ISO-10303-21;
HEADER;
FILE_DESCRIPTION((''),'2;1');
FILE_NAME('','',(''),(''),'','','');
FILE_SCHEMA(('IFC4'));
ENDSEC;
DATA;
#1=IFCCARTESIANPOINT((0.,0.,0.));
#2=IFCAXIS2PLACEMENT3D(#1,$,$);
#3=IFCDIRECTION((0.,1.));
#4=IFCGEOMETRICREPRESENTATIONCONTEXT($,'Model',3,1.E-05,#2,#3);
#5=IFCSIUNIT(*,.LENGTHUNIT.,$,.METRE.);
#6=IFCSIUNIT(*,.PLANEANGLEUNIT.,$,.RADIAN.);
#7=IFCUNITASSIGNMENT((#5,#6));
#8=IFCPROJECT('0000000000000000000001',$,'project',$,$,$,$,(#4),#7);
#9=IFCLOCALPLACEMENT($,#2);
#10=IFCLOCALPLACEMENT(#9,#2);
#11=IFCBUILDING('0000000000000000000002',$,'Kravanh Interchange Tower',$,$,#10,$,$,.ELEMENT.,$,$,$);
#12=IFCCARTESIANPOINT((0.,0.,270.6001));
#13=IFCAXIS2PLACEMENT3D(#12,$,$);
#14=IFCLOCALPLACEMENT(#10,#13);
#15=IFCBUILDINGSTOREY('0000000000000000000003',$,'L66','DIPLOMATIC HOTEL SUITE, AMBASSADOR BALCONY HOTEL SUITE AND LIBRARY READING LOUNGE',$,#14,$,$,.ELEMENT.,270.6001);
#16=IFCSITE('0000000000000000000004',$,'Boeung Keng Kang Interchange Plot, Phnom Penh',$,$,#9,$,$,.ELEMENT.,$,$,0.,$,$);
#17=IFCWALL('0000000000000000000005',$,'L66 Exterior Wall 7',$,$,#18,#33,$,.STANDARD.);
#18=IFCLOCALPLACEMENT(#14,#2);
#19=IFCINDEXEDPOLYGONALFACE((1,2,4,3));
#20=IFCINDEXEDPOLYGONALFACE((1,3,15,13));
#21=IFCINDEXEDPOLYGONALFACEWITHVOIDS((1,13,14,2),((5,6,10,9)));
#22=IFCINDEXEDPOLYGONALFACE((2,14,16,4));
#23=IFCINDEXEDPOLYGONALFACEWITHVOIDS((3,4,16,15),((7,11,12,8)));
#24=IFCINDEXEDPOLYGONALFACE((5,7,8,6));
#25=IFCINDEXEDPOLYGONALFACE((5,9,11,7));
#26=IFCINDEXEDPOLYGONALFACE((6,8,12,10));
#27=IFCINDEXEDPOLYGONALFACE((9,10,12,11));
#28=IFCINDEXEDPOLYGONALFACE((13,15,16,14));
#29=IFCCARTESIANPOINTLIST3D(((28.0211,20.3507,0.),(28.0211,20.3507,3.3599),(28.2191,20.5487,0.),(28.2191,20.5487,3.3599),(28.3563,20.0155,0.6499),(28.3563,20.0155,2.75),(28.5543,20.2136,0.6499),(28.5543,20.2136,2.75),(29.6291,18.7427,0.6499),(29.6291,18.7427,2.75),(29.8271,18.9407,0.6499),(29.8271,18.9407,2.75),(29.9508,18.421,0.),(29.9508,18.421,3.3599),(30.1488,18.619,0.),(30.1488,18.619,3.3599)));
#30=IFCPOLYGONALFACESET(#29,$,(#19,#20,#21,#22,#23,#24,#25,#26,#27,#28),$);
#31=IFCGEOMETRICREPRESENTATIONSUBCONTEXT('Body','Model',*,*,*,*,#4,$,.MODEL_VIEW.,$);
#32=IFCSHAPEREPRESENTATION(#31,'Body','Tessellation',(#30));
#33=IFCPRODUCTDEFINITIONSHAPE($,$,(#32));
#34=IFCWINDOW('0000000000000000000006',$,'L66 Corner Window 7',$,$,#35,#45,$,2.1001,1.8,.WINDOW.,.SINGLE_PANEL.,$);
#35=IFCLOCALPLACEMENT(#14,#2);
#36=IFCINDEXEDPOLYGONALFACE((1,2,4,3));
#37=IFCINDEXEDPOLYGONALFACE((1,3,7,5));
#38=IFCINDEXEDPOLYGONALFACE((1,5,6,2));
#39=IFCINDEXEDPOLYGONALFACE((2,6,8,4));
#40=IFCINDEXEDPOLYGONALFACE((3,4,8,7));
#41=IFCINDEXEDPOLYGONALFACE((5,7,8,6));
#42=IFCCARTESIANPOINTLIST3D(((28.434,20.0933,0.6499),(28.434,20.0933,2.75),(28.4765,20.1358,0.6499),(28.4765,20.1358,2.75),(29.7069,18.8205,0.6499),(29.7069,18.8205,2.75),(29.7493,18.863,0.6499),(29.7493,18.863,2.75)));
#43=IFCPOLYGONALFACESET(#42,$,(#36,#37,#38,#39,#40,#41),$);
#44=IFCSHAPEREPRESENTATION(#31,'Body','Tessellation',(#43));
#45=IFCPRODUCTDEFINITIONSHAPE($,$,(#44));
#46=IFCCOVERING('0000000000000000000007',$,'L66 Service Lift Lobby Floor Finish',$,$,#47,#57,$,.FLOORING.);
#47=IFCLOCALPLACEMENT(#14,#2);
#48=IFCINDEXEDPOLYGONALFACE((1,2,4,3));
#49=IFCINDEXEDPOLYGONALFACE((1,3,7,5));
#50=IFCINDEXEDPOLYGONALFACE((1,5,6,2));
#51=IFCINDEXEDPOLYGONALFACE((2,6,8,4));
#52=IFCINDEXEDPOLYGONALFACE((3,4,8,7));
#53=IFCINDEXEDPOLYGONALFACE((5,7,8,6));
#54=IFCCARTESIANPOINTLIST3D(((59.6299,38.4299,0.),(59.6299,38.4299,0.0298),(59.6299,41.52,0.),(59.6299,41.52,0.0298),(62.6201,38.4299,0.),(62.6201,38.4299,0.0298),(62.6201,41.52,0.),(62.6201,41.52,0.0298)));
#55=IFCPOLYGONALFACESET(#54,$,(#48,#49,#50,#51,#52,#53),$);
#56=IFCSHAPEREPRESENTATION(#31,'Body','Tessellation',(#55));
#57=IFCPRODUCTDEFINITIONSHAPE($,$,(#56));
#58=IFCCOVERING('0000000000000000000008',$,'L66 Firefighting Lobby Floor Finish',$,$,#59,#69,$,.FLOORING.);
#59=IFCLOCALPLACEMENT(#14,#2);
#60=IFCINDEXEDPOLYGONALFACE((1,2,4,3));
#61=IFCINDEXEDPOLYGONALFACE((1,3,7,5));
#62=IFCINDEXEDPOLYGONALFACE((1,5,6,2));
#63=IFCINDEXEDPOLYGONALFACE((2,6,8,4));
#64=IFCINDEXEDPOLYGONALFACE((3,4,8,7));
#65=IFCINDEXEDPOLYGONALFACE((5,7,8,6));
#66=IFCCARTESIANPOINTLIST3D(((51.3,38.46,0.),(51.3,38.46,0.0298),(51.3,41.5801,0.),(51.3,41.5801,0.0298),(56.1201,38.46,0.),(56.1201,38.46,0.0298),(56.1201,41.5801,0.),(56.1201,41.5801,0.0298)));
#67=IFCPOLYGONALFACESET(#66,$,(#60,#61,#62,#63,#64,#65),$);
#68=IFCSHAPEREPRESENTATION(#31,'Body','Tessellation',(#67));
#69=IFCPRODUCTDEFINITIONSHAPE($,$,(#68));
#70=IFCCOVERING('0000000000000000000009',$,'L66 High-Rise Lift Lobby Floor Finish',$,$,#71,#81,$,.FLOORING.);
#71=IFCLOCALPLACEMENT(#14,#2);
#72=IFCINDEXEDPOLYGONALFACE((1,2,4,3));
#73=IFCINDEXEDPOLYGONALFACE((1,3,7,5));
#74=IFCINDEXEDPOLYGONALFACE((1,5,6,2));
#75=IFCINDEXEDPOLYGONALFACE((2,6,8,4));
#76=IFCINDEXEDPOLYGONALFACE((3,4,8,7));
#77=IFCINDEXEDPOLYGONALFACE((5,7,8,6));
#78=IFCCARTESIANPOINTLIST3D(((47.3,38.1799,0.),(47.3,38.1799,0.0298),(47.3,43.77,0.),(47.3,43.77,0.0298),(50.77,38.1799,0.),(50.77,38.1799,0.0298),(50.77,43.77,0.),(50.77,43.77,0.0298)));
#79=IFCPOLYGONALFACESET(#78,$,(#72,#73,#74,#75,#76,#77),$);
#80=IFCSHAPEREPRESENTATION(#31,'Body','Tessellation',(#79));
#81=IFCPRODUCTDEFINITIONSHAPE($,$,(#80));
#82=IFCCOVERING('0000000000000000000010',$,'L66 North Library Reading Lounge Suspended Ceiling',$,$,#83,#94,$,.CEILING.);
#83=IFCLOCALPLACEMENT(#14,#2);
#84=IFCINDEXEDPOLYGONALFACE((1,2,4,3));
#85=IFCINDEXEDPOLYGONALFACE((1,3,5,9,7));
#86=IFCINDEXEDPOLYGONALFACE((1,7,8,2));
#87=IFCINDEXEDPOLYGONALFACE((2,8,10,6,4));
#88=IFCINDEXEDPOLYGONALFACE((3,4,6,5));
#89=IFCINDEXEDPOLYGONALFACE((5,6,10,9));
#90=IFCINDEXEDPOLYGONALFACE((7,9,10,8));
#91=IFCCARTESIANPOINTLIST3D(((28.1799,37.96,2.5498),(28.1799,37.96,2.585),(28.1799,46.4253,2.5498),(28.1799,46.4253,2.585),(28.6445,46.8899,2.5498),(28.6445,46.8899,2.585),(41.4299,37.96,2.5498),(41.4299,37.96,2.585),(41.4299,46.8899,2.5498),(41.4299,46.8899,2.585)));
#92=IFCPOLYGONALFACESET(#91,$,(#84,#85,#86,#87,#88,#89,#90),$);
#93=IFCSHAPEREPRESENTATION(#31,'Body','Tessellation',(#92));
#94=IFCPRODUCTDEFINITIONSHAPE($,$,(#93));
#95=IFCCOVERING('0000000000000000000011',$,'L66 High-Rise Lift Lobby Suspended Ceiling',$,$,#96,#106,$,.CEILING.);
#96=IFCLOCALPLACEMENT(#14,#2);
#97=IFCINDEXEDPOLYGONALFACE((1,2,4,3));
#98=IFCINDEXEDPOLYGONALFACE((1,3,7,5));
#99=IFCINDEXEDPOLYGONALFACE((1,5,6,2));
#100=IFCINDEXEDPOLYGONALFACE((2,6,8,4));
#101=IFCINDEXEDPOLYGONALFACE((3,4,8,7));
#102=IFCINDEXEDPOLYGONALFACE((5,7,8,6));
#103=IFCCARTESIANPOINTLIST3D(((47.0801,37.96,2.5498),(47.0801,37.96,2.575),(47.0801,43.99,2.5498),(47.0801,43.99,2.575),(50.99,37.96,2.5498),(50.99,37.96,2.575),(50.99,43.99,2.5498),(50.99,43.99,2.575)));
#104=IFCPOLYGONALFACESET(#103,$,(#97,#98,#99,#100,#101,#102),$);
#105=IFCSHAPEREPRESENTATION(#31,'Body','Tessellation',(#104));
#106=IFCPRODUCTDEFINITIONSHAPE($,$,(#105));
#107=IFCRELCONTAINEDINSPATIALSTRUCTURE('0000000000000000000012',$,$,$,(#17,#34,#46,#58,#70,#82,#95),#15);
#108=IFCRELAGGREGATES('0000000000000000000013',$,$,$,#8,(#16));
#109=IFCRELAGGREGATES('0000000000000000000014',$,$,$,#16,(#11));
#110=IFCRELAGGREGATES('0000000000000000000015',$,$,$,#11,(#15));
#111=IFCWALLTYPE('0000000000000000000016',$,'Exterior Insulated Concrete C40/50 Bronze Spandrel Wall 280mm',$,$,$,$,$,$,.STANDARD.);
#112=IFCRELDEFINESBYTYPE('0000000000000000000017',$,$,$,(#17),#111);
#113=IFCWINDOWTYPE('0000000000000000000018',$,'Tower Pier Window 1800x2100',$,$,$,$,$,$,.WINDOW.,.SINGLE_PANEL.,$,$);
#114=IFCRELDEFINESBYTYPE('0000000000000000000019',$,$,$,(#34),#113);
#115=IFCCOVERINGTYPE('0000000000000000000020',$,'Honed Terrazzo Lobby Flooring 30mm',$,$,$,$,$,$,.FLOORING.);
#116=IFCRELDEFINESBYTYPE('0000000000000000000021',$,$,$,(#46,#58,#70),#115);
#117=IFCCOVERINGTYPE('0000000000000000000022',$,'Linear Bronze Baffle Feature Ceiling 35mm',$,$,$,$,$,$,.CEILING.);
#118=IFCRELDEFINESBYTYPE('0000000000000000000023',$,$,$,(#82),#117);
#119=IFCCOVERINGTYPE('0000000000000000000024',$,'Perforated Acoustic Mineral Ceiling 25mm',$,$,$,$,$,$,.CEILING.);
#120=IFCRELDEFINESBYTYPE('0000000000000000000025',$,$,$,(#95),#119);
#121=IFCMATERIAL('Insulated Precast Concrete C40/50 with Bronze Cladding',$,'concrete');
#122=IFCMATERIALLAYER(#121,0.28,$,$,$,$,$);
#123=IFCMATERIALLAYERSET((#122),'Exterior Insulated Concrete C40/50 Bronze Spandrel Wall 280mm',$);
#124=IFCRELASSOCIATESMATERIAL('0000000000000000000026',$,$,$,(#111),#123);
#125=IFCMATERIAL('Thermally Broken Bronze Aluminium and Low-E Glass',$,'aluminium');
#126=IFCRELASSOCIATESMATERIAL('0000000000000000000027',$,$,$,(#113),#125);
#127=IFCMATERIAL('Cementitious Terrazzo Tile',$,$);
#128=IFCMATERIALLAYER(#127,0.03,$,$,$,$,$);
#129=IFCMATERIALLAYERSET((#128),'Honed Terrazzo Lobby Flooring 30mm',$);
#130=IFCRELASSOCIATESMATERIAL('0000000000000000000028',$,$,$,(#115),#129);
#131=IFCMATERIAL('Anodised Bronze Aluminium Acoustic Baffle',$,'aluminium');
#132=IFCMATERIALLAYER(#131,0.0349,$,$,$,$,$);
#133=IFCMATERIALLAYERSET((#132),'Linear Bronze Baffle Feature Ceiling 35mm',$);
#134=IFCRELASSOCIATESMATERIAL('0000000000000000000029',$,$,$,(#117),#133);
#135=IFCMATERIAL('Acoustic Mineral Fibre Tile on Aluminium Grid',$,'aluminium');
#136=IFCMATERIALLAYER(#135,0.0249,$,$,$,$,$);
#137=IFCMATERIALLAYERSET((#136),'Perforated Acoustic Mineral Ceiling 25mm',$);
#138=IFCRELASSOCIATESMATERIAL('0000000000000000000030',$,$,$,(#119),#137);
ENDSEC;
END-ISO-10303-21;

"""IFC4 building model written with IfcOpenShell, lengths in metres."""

from ifc_helpers import new_model, si_unit, direction, frame, frame_2d, origin, place, context, subcontext, project, spatial, polyline, rectangle, outline, extrude, material, layer, layer_set, type_object, element, fill, save


model = new_model("IFC4")

# Units and contexts
model_context = context("Model", 3, precision=1e-05, world=origin(), true_north=direction((0.0, 1.0)))
body_context = subcontext(model_context, "Body", "Model", "MODEL_VIEW")
ifc_project = project(units=[si_unit("LENGTHUNIT", "METRE"), si_unit("PLANEANGLEUNIT", "RADIAN")], contexts=[model_context])

# Site, building, storey
site_placement = place(None, origin())
site = spatial("IfcSite", under=ifc_project, at=site_placement, Name="Boeung Keng Kang Interchange Plot, Phnom Penh", CompositionType="ELEMENT", RefElevation=0.0)
building_placement = place(site_placement, origin())
building = spatial("IfcBuilding", under=site, at=building_placement, Name="Kravanh Interchange Tower", CompositionType="ELEMENT")
storey_placement = place(building_placement, frame((0.0, 0.0, 270.6001)))
storey = spatial("IfcBuildingStorey", under=building, at=storey_placement, Name="L66", Description="DIPLOMATIC HOTEL SUITE, AMBASSADOR BALCONY HOTEL SUITE AND LIBRARY READING LOUNGE", CompositionType="ELEMENT", Elevation=270.6001)

# Wall, opening, window
ifc_material_1 = material(Name="Insulated Precast Concrete C40/50 with Bronze Cladding", Category="concrete")
ifc_layer_1 = layer(ifc_material_1, 0.28)
ifc_layer_set_1 = layer_set([ifc_layer_1], Name="Exterior Insulated Concrete C40/50 Bronze Spandrel Wall 280mm")
wall_type = type_object("IfcWallType", Name="Exterior Insulated Concrete C40/50 Bronze Spandrel Wall 280mm", PredefinedType="STANDARD", material=ifc_layer_set_1)
wall_placement = place(storey_placement, frame((30.0498, 18.52, 0.0), z_axis=(0.0, 0.0, 1.0), x_axis=(-0.707107, 0.707107, 0.0)))
wall = element("IfcWall", 1, at=wall_placement, inside=storey, type_object=wall_type, Name="L66 Exterior Wall 7", PredefinedType="STANDARD", context=body_context, shape_type="SweptSolid", body=[
    extrude(rectangle(XDim=2.729, YDim=0.28, at=frame_2d((1.3645, 0.0))), origin(), (0.0, 0.0, 1.0), 3.3599),
])
opening_placement = place(wall_placement, frame((0.4551, 0.0, 0.6499)))
opening = element("IfcOpeningElement", 2, at=opening_placement, cuts=wall, PredefinedType="OPENING", context=body_context, shape_type="SweptSolid", body=[
    extrude(rectangle(XDim=1.8, YDim=2.1001, at=frame_2d((0.8999, 1.05))), frame((0.0, 0.1499, 0.0), z_axis=(0.0, -1.0, 0.0), x_axis=(1.0, 0.0, 0.0)), (0.0, 0.0, 1.0), 0.3),
])
ifc_material_2 = material(Name="Thermally Broken Bronze Aluminium and Low-E Glass", Category="aluminium")
window_type = type_object("IfcWindowType", Name="Tower Pier Window 1800x2100", PartitioningType="SINGLE_PANEL", PredefinedType="WINDOW", material=ifc_material_2)
window_placement = place(opening_placement, origin())
window = element("IfcWindow", 3, at=window_placement, inside=storey, type_object=window_type, Name="L66 Corner Window 7", OverallHeight=2.1001, OverallWidth=1.8, PartitioningType="SINGLE_PANEL", PredefinedType="WINDOW", context=body_context, shape_type="SweptSolid", body=[
    extrude(rectangle(XDim=1.8, YDim=2.1001, at=frame_2d((0.8999, 1.05))), frame((0.0, 0.03, 0.0), z_axis=(0.0, -1.0, 0.0), x_axis=(1.0, 0.0, 0.0)), (0.0, 0.0, 1.0), 0.0601),
])
fill(opening, window)

# Coverings
ifc_material_3 = material(Name="Cementitious Terrazzo Tile")
ifc_layer_2 = layer(ifc_material_3, 0.03)
ifc_layer_set_2 = layer_set([ifc_layer_2], Name="Honed Terrazzo Lobby Flooring 30mm")
covering_type_1 = type_object("IfcCoveringType", Name="Honed Terrazzo Lobby Flooring 30mm", PredefinedType="FLOORING", material=ifc_layer_set_2)
covering_1_placement = place(storey_placement, origin())
element("IfcCovering", 4, at=covering_1_placement, inside=storey, type_object=covering_type_1, Name="L66 Service Lift Lobby Floor Finish", PredefinedType="FLOORING", context=body_context, shape_type="SweptSolid", body=[
    extrude(outline(polyline([(59.6299, 41.52), (62.6201, 41.52), (62.6201, 38.4299), (59.6299, 38.4299), (59.6299, 41.52)])), origin(), (0.0, 0.0, 1.0), 0.0298),
])
covering_2_placement = place(storey_placement, origin())
element("IfcCovering", 5, at=covering_2_placement, inside=storey, type_object=covering_type_1, Name="L66 Firefighting Lobby Floor Finish", PredefinedType="FLOORING", context=body_context, shape_type="SweptSolid", body=[
    extrude(outline(polyline([(56.1201, 38.46), (51.3, 38.46), (51.3, 41.5801), (56.1201, 41.5801), (56.1201, 38.46)])), origin(), (0.0, 0.0, 1.0), 0.0298),
])
covering_3_placement = place(storey_placement, origin())
element("IfcCovering", 6, at=covering_3_placement, inside=storey, type_object=covering_type_1, Name="L66 High-Rise Lift Lobby Floor Finish", PredefinedType="FLOORING", context=body_context, shape_type="SweptSolid", body=[
    extrude(outline(polyline([(47.3, 43.77), (50.77, 43.77), (50.77, 38.1799), (47.3, 38.1799), (47.3, 43.77)])), origin(), (0.0, 0.0, 1.0), 0.0298),
])
ifc_material_4 = material(Name="Anodised Bronze Aluminium Acoustic Baffle", Category="aluminium")
ifc_layer_3 = layer(ifc_material_4, 0.0349)
ifc_layer_set_3 = layer_set([ifc_layer_3], Name="Linear Bronze Baffle Feature Ceiling 35mm")
covering_type_2 = type_object("IfcCoveringType", Name="Linear Bronze Baffle Feature Ceiling 35mm", PredefinedType="CEILING", material=ifc_layer_set_3)
covering_4_placement = place(storey_placement, frame((0.0, 0.0, 2.5498)))
element("IfcCovering", 7, at=covering_4_placement, inside=storey, type_object=covering_type_2, Name="L66 North Library Reading Lounge Suspended Ceiling", PredefinedType="CEILING", context=body_context, shape_type="SweptSolid", body=[
    extrude(outline(polyline([(41.4299, 37.96), (28.1799, 37.96), (28.1799, 46.4253), (28.6445, 46.8899), (41.4299, 46.8899), (41.4299, 37.96)])), origin(), (0.0, 0.0, 1.0), 0.0352),
])
ifc_material_5 = material(Name="Acoustic Mineral Fibre Tile on Aluminium Grid", Category="aluminium")
ifc_layer_4 = layer(ifc_material_5, 0.0249)
ifc_layer_set_4 = layer_set([ifc_layer_4], Name="Perforated Acoustic Mineral Ceiling 25mm")
covering_type_3 = type_object("IfcCoveringType", Name="Perforated Acoustic Mineral Ceiling 25mm", PredefinedType="CEILING", material=ifc_layer_set_4)
covering_5_placement = place(storey_placement, frame((0.0, 0.0, 2.5498)))
element("IfcCovering", 8, at=covering_5_placement, inside=storey, type_object=covering_type_3, Name="L66 High-Rise Lift Lobby Suspended Ceiling", PredefinedType="CEILING", context=body_context, shape_type="SweptSolid", body=[
    extrude(outline(polyline([(50.99, 37.96), (47.0801, 37.96), (47.0801, 43.99), (50.99, 43.99), (50.99, 37.96)])), origin(), (0.0, 0.0, 1.0), 0.0251),
])

save(model, "model.ifc")
